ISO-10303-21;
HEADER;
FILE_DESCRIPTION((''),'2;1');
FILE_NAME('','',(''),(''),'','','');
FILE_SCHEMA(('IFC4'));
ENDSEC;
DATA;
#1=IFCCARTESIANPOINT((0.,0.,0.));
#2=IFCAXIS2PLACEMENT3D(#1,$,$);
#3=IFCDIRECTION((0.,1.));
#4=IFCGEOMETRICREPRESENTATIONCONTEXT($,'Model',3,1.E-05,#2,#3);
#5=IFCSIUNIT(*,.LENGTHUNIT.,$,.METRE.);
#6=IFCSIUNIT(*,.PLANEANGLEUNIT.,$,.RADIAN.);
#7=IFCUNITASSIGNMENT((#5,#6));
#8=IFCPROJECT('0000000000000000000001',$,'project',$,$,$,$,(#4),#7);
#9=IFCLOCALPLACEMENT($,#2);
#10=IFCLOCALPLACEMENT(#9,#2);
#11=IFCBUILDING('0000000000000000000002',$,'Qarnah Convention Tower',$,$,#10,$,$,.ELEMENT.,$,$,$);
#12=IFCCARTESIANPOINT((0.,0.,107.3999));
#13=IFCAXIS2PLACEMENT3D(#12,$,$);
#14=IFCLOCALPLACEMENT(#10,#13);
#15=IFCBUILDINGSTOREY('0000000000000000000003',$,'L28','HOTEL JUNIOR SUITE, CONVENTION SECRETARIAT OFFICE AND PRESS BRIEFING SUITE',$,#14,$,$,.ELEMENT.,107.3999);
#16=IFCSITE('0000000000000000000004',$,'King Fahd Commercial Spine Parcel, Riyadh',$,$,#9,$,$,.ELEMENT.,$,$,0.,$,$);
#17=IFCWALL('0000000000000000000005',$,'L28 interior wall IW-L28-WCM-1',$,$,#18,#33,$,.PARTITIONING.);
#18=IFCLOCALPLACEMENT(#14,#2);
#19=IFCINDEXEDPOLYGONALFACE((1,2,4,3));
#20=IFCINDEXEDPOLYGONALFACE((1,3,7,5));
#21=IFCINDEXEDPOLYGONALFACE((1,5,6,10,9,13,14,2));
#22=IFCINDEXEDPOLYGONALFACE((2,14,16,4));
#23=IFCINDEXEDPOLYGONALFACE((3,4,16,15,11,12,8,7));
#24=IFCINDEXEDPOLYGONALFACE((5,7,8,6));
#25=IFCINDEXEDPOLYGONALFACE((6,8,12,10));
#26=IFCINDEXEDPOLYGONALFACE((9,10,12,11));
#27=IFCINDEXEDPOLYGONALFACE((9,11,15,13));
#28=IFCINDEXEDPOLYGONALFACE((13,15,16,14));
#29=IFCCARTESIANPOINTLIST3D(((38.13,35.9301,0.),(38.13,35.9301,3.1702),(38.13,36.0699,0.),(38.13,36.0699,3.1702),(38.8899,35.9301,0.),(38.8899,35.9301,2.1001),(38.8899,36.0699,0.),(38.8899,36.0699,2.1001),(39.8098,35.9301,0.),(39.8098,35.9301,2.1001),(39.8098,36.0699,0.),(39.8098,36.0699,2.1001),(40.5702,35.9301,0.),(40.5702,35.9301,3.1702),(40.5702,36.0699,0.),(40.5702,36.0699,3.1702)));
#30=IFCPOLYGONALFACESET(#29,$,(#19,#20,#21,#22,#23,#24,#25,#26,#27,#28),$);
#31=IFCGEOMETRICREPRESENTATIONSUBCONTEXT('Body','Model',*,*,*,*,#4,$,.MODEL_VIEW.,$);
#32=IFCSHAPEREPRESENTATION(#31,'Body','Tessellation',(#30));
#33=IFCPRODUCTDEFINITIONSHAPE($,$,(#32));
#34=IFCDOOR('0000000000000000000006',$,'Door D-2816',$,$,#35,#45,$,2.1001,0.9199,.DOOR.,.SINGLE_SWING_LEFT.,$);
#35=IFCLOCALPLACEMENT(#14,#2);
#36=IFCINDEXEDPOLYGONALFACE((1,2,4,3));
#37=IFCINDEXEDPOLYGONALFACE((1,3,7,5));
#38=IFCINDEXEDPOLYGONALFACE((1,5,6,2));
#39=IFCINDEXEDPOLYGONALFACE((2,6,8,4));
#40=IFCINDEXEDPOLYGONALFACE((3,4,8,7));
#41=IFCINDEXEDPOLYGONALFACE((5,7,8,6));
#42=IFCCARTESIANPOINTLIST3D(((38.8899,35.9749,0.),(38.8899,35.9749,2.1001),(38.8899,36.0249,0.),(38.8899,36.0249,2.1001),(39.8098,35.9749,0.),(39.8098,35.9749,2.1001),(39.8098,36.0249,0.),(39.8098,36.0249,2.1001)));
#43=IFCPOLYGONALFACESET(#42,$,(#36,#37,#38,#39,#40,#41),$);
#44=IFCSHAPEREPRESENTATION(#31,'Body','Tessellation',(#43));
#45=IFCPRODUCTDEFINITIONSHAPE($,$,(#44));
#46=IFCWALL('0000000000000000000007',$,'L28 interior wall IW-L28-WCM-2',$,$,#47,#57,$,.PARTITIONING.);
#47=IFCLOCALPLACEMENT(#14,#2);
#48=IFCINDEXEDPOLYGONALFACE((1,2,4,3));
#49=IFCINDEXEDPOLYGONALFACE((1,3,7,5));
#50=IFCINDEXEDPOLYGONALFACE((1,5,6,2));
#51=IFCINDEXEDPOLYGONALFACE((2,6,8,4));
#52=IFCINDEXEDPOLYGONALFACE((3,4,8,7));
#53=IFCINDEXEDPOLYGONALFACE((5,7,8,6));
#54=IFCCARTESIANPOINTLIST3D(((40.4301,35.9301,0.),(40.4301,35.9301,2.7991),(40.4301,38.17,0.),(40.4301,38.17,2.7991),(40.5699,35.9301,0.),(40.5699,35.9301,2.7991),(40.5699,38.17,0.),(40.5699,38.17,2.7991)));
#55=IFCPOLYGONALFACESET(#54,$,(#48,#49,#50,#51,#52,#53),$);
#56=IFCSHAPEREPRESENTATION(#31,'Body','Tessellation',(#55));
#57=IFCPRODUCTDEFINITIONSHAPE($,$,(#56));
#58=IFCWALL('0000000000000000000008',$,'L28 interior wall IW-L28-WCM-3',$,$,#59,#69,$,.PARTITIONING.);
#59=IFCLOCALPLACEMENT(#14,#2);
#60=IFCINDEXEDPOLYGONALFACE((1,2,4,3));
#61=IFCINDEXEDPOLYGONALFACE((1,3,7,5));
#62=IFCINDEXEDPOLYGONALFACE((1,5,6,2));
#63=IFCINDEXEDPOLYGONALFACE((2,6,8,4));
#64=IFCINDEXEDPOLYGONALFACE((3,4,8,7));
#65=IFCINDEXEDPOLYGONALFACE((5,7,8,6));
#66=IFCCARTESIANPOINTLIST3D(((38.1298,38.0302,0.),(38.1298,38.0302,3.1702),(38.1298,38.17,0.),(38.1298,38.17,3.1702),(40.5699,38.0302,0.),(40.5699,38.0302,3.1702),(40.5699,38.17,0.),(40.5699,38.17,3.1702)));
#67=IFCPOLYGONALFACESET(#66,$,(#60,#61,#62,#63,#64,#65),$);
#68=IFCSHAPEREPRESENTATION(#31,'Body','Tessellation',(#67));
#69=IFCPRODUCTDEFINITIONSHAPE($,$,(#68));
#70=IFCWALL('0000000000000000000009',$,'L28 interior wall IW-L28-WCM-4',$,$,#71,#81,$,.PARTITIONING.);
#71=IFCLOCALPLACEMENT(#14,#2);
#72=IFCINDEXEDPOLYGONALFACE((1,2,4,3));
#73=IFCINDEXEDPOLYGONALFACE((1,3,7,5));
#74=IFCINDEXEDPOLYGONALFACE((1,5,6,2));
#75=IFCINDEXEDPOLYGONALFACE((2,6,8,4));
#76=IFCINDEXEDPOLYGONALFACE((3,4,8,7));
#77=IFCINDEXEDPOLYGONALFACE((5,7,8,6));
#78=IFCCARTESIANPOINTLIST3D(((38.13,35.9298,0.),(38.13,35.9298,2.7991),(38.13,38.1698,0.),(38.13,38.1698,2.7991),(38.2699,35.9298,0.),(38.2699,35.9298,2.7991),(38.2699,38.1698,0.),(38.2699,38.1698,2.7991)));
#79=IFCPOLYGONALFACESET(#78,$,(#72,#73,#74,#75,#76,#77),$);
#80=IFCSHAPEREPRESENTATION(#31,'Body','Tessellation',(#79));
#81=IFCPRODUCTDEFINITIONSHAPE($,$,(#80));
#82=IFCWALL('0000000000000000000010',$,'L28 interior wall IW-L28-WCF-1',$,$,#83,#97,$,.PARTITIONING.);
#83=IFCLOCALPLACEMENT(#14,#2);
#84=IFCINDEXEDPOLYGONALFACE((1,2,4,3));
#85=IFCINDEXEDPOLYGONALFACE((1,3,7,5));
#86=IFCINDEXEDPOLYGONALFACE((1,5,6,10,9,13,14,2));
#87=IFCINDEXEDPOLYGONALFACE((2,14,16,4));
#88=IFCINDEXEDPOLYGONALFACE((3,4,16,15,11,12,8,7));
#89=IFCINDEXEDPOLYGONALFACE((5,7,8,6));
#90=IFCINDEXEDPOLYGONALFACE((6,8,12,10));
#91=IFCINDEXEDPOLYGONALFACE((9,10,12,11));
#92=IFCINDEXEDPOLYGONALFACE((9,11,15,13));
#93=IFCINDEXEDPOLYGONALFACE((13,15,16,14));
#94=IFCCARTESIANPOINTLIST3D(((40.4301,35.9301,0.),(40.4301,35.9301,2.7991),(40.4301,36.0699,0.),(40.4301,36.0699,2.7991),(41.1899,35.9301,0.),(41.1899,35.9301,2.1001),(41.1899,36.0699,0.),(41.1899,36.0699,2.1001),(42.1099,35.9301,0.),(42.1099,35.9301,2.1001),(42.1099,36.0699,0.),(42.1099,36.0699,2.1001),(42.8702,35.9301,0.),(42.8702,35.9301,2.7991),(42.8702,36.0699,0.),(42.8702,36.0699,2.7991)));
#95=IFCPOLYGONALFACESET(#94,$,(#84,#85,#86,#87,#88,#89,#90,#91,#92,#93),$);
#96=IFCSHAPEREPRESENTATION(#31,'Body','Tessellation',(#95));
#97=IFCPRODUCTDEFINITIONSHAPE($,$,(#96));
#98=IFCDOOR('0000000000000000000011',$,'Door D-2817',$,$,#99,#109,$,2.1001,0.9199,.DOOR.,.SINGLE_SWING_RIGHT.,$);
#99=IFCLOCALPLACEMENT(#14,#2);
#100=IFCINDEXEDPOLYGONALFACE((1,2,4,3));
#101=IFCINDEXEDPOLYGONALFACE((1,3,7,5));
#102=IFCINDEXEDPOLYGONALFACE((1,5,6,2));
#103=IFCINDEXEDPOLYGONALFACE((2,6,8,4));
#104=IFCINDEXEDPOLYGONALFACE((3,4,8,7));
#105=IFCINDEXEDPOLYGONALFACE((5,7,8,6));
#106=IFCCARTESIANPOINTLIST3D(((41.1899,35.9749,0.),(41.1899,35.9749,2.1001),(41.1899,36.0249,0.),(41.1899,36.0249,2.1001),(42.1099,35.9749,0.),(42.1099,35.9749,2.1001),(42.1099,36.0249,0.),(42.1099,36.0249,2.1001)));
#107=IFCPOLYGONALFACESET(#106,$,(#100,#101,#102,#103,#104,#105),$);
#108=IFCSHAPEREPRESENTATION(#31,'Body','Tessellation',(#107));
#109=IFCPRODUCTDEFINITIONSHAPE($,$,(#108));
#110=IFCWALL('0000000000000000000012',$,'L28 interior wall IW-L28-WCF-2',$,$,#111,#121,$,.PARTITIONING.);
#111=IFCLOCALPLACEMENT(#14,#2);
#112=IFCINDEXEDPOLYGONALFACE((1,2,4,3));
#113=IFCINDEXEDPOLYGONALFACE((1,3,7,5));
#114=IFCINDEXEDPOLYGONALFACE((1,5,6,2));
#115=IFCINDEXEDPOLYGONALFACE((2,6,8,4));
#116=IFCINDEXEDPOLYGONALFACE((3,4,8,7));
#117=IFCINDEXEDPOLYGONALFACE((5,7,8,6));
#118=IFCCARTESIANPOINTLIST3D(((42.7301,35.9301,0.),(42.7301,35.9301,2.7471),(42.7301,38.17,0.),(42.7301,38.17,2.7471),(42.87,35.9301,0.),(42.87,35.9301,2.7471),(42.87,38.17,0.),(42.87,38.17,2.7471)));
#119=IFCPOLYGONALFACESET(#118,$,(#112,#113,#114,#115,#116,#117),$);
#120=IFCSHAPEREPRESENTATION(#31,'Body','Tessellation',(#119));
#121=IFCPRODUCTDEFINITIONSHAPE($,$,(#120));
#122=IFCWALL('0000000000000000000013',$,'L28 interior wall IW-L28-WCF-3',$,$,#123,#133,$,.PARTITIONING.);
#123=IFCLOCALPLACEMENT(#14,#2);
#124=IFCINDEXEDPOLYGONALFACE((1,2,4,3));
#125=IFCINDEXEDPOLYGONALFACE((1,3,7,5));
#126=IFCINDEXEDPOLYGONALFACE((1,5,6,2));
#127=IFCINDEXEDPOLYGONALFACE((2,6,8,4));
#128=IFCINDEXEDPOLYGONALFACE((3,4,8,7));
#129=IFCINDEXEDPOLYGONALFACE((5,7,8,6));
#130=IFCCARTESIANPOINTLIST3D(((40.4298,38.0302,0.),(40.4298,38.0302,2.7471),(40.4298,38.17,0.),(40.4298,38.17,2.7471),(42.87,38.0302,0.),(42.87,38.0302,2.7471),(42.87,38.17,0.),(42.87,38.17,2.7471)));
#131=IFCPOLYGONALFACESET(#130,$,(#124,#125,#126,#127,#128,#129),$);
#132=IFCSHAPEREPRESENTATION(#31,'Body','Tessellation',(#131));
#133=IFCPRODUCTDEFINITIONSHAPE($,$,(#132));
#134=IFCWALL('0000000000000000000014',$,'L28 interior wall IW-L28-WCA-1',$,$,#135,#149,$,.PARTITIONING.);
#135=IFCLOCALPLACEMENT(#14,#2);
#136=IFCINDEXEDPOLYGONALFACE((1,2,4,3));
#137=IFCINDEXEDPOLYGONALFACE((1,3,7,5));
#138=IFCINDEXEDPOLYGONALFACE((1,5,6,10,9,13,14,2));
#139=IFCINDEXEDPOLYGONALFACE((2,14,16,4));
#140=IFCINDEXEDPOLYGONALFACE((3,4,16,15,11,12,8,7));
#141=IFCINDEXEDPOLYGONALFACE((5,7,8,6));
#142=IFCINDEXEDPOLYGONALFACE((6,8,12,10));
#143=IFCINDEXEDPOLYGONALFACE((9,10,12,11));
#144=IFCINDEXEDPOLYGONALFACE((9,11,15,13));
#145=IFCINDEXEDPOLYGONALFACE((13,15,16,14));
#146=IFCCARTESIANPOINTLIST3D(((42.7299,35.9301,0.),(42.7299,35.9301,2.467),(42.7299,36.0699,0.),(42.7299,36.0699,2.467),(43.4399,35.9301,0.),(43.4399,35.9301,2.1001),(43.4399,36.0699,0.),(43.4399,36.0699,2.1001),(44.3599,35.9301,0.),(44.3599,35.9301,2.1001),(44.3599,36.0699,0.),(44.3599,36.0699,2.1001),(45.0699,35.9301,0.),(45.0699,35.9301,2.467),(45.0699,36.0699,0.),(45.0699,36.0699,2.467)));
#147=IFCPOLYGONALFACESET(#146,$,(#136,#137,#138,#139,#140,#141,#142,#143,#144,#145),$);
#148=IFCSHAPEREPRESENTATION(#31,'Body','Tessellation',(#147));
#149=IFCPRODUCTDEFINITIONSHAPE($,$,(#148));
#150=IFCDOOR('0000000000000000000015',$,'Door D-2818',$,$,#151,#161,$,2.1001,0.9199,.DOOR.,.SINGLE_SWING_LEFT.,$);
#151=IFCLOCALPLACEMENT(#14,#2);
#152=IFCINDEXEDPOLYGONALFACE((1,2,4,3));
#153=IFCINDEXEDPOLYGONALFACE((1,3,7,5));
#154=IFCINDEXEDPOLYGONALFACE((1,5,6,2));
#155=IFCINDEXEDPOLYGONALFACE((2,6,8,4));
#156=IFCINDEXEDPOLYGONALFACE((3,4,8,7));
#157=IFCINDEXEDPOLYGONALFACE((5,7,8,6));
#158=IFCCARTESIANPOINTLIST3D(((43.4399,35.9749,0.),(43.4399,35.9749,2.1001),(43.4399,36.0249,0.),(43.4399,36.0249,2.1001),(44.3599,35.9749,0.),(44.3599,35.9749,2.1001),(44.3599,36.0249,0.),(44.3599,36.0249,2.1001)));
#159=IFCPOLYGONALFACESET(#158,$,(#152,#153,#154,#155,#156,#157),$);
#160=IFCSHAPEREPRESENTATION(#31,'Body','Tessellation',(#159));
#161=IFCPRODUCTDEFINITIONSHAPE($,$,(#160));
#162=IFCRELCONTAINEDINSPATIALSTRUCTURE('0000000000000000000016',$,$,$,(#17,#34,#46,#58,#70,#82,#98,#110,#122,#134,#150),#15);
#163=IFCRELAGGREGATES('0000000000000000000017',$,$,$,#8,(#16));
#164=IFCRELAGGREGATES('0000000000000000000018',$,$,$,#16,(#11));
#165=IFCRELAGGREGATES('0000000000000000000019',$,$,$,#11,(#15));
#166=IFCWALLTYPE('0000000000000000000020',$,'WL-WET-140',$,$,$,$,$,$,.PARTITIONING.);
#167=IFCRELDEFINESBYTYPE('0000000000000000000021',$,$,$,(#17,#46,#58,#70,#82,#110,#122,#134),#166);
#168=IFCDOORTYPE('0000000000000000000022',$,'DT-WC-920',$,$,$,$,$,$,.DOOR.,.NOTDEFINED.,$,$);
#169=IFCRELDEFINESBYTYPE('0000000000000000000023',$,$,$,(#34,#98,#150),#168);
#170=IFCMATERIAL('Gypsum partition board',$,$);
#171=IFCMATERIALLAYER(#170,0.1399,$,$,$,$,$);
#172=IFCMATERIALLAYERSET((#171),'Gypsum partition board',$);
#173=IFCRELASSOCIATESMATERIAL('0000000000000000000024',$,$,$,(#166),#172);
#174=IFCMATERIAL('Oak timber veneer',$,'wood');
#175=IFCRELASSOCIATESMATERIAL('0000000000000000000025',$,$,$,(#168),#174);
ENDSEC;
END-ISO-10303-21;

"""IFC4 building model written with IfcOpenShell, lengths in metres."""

from ifc_helpers import new_model, si_unit, direction, frame, frame_2d, origin, place, context, subcontext, project, spatial, rectangle, extrude, material, layer, layer_set, type_object, element, fill, save


model = new_model("IFC4")

# Units and contexts
model_context = context("Model", 3, precision=1e-05, world=origin(), true_north=direction((0.0, 1.0)))
body_context = subcontext(model_context, "Body", "Model", "MODEL_VIEW")
ifc_project = project(units=[si_unit("LENGTHUNIT", "METRE"), si_unit("PLANEANGLEUNIT", "RADIAN")], contexts=[model_context])

# Site, building, storey
site_placement = place(None, origin())
site = spatial("IfcSite", under=ifc_project, at=site_placement, Name="King Fahd Commercial Spine Parcel, Riyadh", CompositionType="ELEMENT", RefElevation=0.0)
building_placement = place(site_placement, origin())
building = spatial("IfcBuilding", under=site, at=building_placement, Name="Qarnah Convention Tower", CompositionType="ELEMENT")
storey_placement = place(building_placement, frame((0.0, 0.0, 107.3999)))
storey = spatial("IfcBuildingStorey", under=building, at=storey_placement, Name="L28", Description="HOTEL JUNIOR SUITE, CONVENTION SECRETARIAT OFFICE AND PRESS BRIEFING SUITE", CompositionType="ELEMENT", Elevation=107.3999)

# Wall, opening, door
ifc_material_1 = material(Name="Gypsum partition board")
ifc_layer_1 = layer(ifc_material_1, 0.1399)
ifc_layer_set_1 = layer_set([ifc_layer_1], Name="Gypsum partition board")
wall_type_1 = type_object("IfcWallType", Name="WL-WET-140", PredefinedType="PARTITIONING", material=ifc_layer_set_1)
wall_1_placement = place(storey_placement, frame((38.1299, 36.0, 0.0), z_axis=(0.0, 0.0, 1.0), x_axis=(1.0, 0.0, 0.0)))
wall_1 = element("IfcWall", 1, at=wall_1_placement, inside=storey, type_object=wall_type_1, Name="L28 interior wall IW-L28-WCM-1", PredefinedType="PARTITIONING", context=body_context, shape_type="SweptSolid", body=[
    extrude(rectangle(XDim=2.4402, YDim=0.1399, at=frame_2d((1.2202, 0.0))), origin(), (0.0, 0.0, 1.0), 3.1702),
])
opening_1_placement = place(wall_1_placement, frame((0.76, 0.0, 0.0)))
opening_1 = element("IfcOpeningElement", 2, at=opening_1_placement, cuts=wall_1, PredefinedType="OPENING", context=body_context, shape_type="SweptSolid", body=[
    extrude(rectangle(XDim=0.9199, YDim=2.1001, at=frame_2d((0.46, 1.05))), frame((0.0, 0.0798, 0.0), z_axis=(0.0, -1.0, 0.0), x_axis=(1.0, 0.0, 0.0)), (0.0, 0.0, 1.0), 0.1599),
])
ifc_material_2 = material(Name="Oak timber veneer", Category="wood")
door_type_1 = type_object("IfcDoorType", Name="DT-WC-920", OperationType="NOTDEFINED", PredefinedType="DOOR", material=ifc_material_2)
door_1_placement = place(opening_1_placement, origin())
door_1 = element("IfcDoor", 3, at=door_1_placement, inside=storey, type_object=door_type_1, Name="Door D-2816", OperationType="SINGLE_SWING_LEFT", OverallHeight=2.1001, OverallWidth=0.9199, PredefinedType="DOOR", context=body_context, shape_type="SweptSolid", body=[
    extrude(rectangle(XDim=0.9199, YDim=2.1001, at=frame_2d((0.46, 1.05))), frame((0.0, 0.0249, 0.0), z_axis=(0.0, -1.0, 0.0), x_axis=(1.0, 0.0, 0.0)), (0.0, 0.0, 1.0), 0.05),
])
fill(opening_1, door_1)

# Walls
wall_2_placement = place(storey_placement, frame((40.5, 35.9299, 0.0), z_axis=(0.0, 0.0, 1.0), x_axis=(0.0, 1.0, 0.0)))
element("IfcWall", 4, at=wall_2_placement, inside=storey, type_object=wall_type_1, Name="L28 interior wall IW-L28-WCM-2", PredefinedType="PARTITIONING", context=body_context, shape_type="SweptSolid", body=[
    extrude(rectangle(XDim=2.24, YDim=0.1399, at=frame_2d((1.1201, 0.0))), origin(), (0.0, 0.0, 1.0), 2.7991),
])
wall_3_placement = place(storey_placement, frame((40.5701, 38.1001, 0.0), z_axis=(0.0, 0.0, 1.0), x_axis=(-1.0, 0.0, 0.0)))
element("IfcWall", 5, at=wall_3_placement, inside=storey, type_object=wall_type_1, Name="L28 interior wall IW-L28-WCM-3", PredefinedType="PARTITIONING", context=body_context, shape_type="SweptSolid", body=[
    extrude(rectangle(XDim=2.4402, YDim=0.1399, at=frame_2d((1.2202, 0.0))), origin(), (0.0, 0.0, 1.0), 3.1702),
])
wall_4_placement = place(storey_placement, frame((38.2, 38.1699, 0.0), z_axis=(0.0, 0.0, 1.0), x_axis=(0.0, -1.0, 0.0)))
element("IfcWall", 6, at=wall_4_placement, inside=storey, type_object=wall_type_1, Name="L28 interior wall IW-L28-WCM-4", PredefinedType="PARTITIONING", context=body_context, shape_type="SweptSolid", body=[
    extrude(rectangle(XDim=2.24, YDim=0.1399, at=frame_2d((1.1201, 0.0))), origin(), (0.0, 0.0, 1.0), 2.7991),
])

# Wall, opening, door
wall_5_placement = place(storey_placement, frame((40.4299, 36.0, 0.0), z_axis=(0.0, 0.0, 1.0), x_axis=(1.0, 0.0, 0.0)))
wall_5 = element("IfcWall", 7, at=wall_5_placement, inside=storey, type_object=wall_type_1, Name="L28 interior wall IW-L28-WCF-1", PredefinedType="PARTITIONING", context=body_context, shape_type="SweptSolid", body=[
    extrude(rectangle(XDim=2.4402, YDim=0.1399, at=frame_2d((1.2202, 0.0))), origin(), (0.0, 0.0, 1.0), 2.7991),
])
opening_2_placement = place(wall_5_placement, frame((0.76, 0.0, 0.0)))
opening_2 = element("IfcOpeningElement", 8, at=opening_2_placement, cuts=wall_5, PredefinedType="OPENING", context=body_context, shape_type="SweptSolid", body=[
    extrude(rectangle(XDim=0.9199, YDim=2.1001, at=frame_2d((0.46, 1.05))), frame((0.0, 0.0798, 0.0), z_axis=(0.0, -1.0, 0.0), x_axis=(1.0, 0.0, 0.0)), (0.0, 0.0, 1.0), 0.1599),
])
door_2_placement = place(opening_2_placement, origin())
door_2 = element("IfcDoor", 9, at=door_2_placement, inside=storey, type_object=door_type_1, Name="Door D-2817", OperationType="SINGLE_SWING_RIGHT", OverallHeight=2.1001, OverallWidth=0.9199, PredefinedType="DOOR", context=body_context, shape_type="SweptSolid", body=[
    extrude(rectangle(XDim=0.9199, YDim=2.1001, at=frame_2d((0.46, 1.05))), frame((0.0, 0.0249, 0.0), z_axis=(0.0, -1.0, 0.0), x_axis=(1.0, 0.0, 0.0)), (0.0, 0.0, 1.0), 0.05),
])
fill(opening_2, door_2)

# Walls
wall_6_placement = place(storey_placement, frame((42.8, 35.9299, 0.0), z_axis=(0.0, 0.0, 1.0), x_axis=(0.0, 1.0, 0.0)))
element("IfcWall", 10, at=wall_6_placement, inside=storey, type_object=wall_type_1, Name="L28 interior wall IW-L28-WCF-2", PredefinedType="PARTITIONING", context=body_context, shape_type="SweptSolid", body=[
    extrude(rectangle(XDim=2.24, YDim=0.1399, at=frame_2d((1.1201, 0.0))), origin(), (0.0, 0.0, 1.0), 2.7471),
])
wall_7_placement = place(storey_placement, frame((42.8701, 38.1001, 0.0), z_axis=(0.0, 0.0, 1.0), x_axis=(-1.0, 0.0, 0.0)))
element("IfcWall", 11, at=wall_7_placement, inside=storey, type_object=wall_type_1, Name="L28 interior wall IW-L28-WCF-3", PredefinedType="PARTITIONING", context=body_context, shape_type="SweptSolid", body=[
    extrude(rectangle(XDim=2.4402, YDim=0.1399, at=frame_2d((1.2202, 0.0))), origin(), (0.0, 0.0, 1.0), 2.7471),
])

# Wall, opening, door
wall_8_placement = place(storey_placement, frame((42.73, 36.0, 0.0), z_axis=(0.0, 0.0, 1.0), x_axis=(1.0, 0.0, 0.0)))
wall_8 = element("IfcWall", 12, at=wall_8_placement, inside=storey, type_object=wall_type_1, Name="L28 interior wall IW-L28-WCA-1", PredefinedType="PARTITIONING", context=body_context, shape_type="SweptSolid", body=[
    extrude(rectangle(XDim=2.3401, YDim=0.1399, at=frame_2d((1.1699, 0.0))), origin(), (0.0, 0.0, 1.0), 2.467),
])
opening_3_placement = place(wall_8_placement, frame((0.71, 0.0, 0.0)))
opening_3 = element("IfcOpeningElement", 13, at=opening_3_placement, cuts=wall_8, PredefinedType="OPENING", context=body_context, shape_type="SweptSolid", body=[
    extrude(rectangle(XDim=0.9199, YDim=2.1001, at=frame_2d((0.46, 1.05))), frame((0.0, 0.0798, 0.0), z_axis=(0.0, -1.0, 0.0), x_axis=(1.0, 0.0, 0.0)), (0.0, 0.0, 1.0), 0.1599),
])
door_3_placement = place(opening_3_placement, origin())
door_3 = element("IfcDoor", 14, at=door_3_placement, inside=storey, type_object=door_type_1, Name="Door D-2818", OperationType="SINGLE_SWING_LEFT", OverallHeight=2.1001, OverallWidth=0.9199, PredefinedType="DOOR", context=body_context, shape_type="SweptSolid", body=[
    extrude(rectangle(XDim=0.9199, YDim=2.1001, at=frame_2d((0.46, 1.05))), frame((0.0, 0.0249, 0.0), z_axis=(0.0, -1.0, 0.0), x_axis=(1.0, 0.0, 0.0)), (0.0, 0.0, 1.0), 0.05),
])
fill(opening_3, door_3)

save(model, "model.ifc")
